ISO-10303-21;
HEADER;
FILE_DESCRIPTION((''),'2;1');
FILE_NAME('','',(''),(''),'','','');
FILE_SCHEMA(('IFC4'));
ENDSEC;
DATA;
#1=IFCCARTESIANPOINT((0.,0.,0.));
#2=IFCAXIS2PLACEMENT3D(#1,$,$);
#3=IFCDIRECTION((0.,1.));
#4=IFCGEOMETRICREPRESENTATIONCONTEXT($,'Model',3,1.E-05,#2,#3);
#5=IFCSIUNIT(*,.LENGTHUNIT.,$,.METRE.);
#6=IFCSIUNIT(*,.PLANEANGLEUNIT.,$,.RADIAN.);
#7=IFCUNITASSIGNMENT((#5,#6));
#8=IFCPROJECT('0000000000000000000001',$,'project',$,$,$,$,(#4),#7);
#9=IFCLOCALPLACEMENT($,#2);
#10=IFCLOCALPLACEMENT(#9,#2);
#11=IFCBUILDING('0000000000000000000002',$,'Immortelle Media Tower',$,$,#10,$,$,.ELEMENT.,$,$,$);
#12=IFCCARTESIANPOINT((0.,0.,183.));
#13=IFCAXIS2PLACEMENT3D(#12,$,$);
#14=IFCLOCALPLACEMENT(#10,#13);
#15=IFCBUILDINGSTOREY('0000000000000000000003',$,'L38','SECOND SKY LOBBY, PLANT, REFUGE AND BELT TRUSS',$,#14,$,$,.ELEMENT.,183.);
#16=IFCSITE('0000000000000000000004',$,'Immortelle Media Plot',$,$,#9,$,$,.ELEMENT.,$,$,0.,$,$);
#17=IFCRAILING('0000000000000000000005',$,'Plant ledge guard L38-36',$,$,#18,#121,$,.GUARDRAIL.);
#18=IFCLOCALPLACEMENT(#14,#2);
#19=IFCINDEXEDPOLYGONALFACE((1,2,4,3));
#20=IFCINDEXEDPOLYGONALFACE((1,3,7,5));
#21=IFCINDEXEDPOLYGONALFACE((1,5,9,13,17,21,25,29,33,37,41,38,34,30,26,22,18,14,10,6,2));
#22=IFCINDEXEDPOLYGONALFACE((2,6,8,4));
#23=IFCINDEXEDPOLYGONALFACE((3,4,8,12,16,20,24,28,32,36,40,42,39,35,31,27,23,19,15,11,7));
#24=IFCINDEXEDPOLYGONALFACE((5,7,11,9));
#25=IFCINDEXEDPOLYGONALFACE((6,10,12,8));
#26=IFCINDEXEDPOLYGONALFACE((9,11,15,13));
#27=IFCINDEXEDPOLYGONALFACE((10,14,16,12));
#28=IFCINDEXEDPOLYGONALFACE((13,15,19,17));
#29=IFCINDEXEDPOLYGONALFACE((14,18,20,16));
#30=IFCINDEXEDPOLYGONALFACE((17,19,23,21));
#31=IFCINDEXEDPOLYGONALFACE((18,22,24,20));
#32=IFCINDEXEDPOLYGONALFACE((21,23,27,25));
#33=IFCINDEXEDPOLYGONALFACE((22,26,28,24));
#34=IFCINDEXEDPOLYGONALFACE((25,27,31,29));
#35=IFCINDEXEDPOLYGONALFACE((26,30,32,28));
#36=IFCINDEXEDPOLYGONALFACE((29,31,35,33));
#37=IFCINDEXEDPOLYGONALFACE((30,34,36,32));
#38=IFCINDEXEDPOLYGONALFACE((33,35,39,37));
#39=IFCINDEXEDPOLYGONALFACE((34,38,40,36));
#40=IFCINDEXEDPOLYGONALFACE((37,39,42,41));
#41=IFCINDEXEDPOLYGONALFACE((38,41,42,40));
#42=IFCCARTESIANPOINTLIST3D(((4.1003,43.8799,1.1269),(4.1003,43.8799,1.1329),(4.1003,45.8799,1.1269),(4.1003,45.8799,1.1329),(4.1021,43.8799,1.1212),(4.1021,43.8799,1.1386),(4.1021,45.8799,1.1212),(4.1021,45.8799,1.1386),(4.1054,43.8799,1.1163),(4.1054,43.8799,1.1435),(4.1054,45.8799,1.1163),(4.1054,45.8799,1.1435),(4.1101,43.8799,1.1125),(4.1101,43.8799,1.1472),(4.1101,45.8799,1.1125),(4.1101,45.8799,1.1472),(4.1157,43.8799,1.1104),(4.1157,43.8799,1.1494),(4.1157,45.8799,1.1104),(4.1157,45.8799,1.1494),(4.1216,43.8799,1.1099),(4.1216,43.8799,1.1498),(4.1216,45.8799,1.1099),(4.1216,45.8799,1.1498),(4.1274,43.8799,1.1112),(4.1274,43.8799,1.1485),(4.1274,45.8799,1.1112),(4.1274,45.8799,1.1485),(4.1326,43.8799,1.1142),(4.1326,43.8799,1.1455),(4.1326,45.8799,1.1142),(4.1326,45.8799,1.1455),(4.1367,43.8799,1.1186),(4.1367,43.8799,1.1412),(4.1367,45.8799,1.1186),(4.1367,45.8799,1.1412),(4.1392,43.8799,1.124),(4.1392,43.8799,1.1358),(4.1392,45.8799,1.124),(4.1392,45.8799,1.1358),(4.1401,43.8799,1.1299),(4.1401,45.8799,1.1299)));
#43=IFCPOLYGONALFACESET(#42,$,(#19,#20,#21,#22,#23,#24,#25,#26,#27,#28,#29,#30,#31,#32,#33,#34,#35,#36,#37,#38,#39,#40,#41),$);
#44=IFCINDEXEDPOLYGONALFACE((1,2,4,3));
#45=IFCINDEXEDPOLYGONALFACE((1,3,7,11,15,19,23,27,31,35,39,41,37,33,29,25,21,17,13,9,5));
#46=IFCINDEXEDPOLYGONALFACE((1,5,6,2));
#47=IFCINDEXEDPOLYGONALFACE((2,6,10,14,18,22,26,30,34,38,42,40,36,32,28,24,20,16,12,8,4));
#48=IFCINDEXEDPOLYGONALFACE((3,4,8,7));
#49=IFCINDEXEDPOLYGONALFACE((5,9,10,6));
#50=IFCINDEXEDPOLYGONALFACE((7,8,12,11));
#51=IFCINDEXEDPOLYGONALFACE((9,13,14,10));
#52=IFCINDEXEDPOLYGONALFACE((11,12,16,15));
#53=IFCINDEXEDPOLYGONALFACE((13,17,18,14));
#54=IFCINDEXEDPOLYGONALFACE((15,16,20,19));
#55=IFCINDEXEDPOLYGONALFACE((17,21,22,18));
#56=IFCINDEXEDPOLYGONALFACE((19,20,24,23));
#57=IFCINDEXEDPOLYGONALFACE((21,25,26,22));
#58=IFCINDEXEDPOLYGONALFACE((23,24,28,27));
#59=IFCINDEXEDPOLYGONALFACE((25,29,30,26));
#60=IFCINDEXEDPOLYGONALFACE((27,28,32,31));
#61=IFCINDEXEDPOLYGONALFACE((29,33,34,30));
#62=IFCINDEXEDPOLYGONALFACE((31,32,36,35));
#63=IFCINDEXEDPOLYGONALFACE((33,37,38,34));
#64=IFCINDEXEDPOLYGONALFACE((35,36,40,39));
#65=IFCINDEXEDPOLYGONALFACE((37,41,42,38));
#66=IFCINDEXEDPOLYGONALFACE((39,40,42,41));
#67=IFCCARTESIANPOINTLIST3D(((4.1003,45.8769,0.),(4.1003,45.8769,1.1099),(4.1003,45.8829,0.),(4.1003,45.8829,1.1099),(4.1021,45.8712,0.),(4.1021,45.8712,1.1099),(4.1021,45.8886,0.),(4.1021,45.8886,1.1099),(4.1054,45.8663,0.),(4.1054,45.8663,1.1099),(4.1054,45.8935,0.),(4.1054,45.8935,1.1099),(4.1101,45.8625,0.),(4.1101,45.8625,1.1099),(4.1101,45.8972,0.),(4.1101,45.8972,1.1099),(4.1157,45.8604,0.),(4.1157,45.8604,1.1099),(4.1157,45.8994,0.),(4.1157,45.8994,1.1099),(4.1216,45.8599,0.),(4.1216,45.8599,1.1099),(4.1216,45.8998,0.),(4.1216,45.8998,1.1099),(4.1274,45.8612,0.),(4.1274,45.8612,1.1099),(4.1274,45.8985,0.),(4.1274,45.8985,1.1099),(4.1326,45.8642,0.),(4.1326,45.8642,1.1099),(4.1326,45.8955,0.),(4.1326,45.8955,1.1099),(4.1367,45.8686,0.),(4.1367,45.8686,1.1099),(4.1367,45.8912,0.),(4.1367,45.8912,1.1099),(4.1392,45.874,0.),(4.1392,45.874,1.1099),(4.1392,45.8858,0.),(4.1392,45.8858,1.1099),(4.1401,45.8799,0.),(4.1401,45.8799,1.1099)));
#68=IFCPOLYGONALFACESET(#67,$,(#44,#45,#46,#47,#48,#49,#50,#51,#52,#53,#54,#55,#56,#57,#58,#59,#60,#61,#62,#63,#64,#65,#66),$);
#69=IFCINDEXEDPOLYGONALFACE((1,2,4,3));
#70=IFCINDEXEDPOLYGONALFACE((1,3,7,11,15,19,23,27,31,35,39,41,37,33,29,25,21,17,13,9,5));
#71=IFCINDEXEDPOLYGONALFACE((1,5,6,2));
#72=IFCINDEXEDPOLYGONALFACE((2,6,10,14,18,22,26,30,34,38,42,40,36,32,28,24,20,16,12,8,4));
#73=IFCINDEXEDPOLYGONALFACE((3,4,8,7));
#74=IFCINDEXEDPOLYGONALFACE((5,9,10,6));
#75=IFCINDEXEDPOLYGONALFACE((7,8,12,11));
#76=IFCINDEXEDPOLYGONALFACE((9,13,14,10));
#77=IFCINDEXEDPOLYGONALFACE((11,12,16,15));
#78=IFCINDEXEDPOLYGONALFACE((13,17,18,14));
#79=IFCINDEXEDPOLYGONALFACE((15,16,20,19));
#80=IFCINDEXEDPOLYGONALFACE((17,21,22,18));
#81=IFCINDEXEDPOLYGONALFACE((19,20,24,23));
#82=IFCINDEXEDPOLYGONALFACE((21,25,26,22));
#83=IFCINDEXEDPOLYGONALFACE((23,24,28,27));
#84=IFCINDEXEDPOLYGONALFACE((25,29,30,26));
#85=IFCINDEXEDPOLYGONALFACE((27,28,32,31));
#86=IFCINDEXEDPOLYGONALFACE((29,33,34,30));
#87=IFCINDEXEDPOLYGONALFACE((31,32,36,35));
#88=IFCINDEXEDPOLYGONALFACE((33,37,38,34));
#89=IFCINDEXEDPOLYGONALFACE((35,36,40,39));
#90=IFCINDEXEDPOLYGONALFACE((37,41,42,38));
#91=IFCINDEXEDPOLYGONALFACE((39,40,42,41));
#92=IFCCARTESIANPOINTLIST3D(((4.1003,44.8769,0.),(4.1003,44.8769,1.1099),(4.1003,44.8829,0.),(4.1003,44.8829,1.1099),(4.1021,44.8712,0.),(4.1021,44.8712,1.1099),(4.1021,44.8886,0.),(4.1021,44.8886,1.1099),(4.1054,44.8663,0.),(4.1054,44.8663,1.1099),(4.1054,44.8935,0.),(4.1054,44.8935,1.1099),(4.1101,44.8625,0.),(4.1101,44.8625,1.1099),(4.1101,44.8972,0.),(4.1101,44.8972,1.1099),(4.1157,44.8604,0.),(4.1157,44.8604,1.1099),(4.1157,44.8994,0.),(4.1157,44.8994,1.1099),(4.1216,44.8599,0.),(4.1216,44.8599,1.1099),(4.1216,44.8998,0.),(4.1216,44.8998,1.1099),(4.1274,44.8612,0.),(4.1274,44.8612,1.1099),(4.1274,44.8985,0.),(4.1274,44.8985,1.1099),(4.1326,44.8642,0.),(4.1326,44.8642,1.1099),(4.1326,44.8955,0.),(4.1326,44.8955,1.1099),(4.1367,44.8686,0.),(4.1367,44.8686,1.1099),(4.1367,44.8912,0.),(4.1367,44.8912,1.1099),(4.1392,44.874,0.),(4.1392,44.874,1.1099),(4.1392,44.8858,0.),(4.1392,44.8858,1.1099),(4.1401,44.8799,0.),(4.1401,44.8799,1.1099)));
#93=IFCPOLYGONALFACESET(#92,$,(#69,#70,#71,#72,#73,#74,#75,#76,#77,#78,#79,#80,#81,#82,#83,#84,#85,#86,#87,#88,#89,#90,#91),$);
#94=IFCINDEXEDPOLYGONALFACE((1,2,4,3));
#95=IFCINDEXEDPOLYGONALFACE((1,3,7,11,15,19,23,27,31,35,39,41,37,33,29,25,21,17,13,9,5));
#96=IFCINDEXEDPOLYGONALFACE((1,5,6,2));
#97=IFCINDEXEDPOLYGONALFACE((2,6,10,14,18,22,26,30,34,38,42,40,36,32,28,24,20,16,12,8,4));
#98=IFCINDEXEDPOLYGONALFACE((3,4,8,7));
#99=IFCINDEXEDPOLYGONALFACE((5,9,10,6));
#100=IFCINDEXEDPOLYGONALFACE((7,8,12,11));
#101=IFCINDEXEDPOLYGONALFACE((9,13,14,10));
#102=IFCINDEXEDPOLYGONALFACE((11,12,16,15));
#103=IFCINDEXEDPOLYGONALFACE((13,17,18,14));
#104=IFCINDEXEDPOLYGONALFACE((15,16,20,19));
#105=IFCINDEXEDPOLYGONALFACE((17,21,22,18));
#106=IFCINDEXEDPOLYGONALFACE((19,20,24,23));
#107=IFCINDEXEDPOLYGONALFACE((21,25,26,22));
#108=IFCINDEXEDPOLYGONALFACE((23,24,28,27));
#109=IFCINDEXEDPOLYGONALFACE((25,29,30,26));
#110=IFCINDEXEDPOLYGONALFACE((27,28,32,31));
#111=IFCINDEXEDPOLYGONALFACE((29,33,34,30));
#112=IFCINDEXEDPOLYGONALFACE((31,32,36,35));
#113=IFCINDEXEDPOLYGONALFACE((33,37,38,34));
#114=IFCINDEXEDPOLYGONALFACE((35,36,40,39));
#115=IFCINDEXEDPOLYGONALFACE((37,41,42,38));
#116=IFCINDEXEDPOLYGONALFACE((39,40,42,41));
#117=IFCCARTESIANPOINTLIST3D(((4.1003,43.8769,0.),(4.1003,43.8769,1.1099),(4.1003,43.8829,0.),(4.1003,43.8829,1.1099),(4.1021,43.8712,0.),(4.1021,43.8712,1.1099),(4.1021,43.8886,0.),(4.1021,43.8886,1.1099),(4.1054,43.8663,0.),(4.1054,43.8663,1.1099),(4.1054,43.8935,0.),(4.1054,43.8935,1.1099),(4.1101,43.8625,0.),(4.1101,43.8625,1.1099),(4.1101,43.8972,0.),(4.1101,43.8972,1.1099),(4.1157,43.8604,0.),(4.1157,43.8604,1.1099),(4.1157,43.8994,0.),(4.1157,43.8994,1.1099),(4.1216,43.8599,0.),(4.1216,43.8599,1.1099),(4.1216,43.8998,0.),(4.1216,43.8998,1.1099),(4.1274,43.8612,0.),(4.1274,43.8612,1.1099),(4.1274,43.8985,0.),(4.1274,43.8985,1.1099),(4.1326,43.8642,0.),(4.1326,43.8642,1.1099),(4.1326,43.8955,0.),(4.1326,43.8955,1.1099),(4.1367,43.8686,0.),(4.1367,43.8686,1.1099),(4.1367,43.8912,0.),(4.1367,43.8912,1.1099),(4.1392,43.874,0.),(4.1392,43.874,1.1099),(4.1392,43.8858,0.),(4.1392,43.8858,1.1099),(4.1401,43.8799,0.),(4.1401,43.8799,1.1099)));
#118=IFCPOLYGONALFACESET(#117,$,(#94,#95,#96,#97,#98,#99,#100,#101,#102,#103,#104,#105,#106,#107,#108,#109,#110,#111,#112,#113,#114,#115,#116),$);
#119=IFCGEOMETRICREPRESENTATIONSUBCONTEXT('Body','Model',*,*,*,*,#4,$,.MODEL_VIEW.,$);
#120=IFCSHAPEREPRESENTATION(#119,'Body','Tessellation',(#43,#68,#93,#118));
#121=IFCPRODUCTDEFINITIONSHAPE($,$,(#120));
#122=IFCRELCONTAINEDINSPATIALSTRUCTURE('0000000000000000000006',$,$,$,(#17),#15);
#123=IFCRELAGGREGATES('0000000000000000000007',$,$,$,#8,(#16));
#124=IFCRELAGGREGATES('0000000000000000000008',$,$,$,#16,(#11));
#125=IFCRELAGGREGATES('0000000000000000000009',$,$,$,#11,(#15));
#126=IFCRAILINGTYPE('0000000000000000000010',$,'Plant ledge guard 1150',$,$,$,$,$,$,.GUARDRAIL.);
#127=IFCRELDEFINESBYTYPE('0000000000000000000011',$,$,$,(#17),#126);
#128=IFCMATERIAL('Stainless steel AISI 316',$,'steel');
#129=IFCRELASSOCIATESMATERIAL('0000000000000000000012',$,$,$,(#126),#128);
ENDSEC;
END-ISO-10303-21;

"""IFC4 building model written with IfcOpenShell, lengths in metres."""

from ifc_helpers import new_model, si_unit, direction, frame, origin, origin_2d, place, context, subcontext, project, spatial, circle, extrude, material, type_object, element, save


model = new_model("IFC4")

# Units and contexts
model_context = context("Model", 3, precision=1e-05, world=origin(), true_north=direction((0.0, 1.0)))
body_context = subcontext(model_context, "Body", "Model", "MODEL_VIEW")
ifc_project = project(units=[si_unit("LENGTHUNIT", "METRE"), si_unit("PLANEANGLEUNIT", "RADIAN")], contexts=[model_context])

# Site, building, storey
site_placement = place(None, origin())
site = spatial("IfcSite", under=ifc_project, at=site_placement, Name="Immortelle Media Plot", CompositionType="ELEMENT", RefElevation=0.0)
building_placement = place(site_placement, origin())
building = spatial("IfcBuilding", under=site, at=building_placement, Name="Immortelle Media Tower", CompositionType="ELEMENT")
storey_placement = place(building_placement, frame((0.0, 0.0, 183.0)))
storey = spatial("IfcBuildingStorey", under=building, at=storey_placement, Name="L38", Description="SECOND SKY LOBBY, PLANT, REFUGE AND BELT TRUSS", CompositionType="ELEMENT", Elevation=183.0)

# Railing
ifc_material_1 = material(Name="Stainless steel AISI 316", Category="steel")
railing_type = type_object("IfcRailingType", Name="Plant ledge guard 1150", PredefinedType="GUARDRAIL", material=ifc_material_1)
railing_1_placement = place(storey_placement, frame((4.1201, 45.8799, 0.0)))
element("IfcRailing", 1, at=railing_1_placement, inside=storey, type_object=railing_type, Name="Plant ledge guard L38-36", PredefinedType="GUARDRAIL", context=body_context, shape_type="SweptSolid", body=[
    extrude(circle(Radius=0.02, at=origin_2d()), frame((0.0, 0.0, 1.1299), z_axis=(0.0, -1.0, 0.0), x_axis=(1.0, 0.0, 0.0)), (0.0, 0.0, 1.0), 2.0),
    extrude(circle(Radius=0.02, at=origin_2d()), origin(), (0.0, 0.0, 1.0), 1.1099),
    extrude(circle(Radius=0.02, at=origin_2d()), frame((0.0, -1.0, 0.0)), (0.0, 0.0, 1.0), 1.1099),
    extrude(circle(Radius=0.02, at=origin_2d()), frame((0.0, -2.0, 0.0)), (0.0, 0.0, 1.0), 1.1099),
])

save(model, "model.ifc")
